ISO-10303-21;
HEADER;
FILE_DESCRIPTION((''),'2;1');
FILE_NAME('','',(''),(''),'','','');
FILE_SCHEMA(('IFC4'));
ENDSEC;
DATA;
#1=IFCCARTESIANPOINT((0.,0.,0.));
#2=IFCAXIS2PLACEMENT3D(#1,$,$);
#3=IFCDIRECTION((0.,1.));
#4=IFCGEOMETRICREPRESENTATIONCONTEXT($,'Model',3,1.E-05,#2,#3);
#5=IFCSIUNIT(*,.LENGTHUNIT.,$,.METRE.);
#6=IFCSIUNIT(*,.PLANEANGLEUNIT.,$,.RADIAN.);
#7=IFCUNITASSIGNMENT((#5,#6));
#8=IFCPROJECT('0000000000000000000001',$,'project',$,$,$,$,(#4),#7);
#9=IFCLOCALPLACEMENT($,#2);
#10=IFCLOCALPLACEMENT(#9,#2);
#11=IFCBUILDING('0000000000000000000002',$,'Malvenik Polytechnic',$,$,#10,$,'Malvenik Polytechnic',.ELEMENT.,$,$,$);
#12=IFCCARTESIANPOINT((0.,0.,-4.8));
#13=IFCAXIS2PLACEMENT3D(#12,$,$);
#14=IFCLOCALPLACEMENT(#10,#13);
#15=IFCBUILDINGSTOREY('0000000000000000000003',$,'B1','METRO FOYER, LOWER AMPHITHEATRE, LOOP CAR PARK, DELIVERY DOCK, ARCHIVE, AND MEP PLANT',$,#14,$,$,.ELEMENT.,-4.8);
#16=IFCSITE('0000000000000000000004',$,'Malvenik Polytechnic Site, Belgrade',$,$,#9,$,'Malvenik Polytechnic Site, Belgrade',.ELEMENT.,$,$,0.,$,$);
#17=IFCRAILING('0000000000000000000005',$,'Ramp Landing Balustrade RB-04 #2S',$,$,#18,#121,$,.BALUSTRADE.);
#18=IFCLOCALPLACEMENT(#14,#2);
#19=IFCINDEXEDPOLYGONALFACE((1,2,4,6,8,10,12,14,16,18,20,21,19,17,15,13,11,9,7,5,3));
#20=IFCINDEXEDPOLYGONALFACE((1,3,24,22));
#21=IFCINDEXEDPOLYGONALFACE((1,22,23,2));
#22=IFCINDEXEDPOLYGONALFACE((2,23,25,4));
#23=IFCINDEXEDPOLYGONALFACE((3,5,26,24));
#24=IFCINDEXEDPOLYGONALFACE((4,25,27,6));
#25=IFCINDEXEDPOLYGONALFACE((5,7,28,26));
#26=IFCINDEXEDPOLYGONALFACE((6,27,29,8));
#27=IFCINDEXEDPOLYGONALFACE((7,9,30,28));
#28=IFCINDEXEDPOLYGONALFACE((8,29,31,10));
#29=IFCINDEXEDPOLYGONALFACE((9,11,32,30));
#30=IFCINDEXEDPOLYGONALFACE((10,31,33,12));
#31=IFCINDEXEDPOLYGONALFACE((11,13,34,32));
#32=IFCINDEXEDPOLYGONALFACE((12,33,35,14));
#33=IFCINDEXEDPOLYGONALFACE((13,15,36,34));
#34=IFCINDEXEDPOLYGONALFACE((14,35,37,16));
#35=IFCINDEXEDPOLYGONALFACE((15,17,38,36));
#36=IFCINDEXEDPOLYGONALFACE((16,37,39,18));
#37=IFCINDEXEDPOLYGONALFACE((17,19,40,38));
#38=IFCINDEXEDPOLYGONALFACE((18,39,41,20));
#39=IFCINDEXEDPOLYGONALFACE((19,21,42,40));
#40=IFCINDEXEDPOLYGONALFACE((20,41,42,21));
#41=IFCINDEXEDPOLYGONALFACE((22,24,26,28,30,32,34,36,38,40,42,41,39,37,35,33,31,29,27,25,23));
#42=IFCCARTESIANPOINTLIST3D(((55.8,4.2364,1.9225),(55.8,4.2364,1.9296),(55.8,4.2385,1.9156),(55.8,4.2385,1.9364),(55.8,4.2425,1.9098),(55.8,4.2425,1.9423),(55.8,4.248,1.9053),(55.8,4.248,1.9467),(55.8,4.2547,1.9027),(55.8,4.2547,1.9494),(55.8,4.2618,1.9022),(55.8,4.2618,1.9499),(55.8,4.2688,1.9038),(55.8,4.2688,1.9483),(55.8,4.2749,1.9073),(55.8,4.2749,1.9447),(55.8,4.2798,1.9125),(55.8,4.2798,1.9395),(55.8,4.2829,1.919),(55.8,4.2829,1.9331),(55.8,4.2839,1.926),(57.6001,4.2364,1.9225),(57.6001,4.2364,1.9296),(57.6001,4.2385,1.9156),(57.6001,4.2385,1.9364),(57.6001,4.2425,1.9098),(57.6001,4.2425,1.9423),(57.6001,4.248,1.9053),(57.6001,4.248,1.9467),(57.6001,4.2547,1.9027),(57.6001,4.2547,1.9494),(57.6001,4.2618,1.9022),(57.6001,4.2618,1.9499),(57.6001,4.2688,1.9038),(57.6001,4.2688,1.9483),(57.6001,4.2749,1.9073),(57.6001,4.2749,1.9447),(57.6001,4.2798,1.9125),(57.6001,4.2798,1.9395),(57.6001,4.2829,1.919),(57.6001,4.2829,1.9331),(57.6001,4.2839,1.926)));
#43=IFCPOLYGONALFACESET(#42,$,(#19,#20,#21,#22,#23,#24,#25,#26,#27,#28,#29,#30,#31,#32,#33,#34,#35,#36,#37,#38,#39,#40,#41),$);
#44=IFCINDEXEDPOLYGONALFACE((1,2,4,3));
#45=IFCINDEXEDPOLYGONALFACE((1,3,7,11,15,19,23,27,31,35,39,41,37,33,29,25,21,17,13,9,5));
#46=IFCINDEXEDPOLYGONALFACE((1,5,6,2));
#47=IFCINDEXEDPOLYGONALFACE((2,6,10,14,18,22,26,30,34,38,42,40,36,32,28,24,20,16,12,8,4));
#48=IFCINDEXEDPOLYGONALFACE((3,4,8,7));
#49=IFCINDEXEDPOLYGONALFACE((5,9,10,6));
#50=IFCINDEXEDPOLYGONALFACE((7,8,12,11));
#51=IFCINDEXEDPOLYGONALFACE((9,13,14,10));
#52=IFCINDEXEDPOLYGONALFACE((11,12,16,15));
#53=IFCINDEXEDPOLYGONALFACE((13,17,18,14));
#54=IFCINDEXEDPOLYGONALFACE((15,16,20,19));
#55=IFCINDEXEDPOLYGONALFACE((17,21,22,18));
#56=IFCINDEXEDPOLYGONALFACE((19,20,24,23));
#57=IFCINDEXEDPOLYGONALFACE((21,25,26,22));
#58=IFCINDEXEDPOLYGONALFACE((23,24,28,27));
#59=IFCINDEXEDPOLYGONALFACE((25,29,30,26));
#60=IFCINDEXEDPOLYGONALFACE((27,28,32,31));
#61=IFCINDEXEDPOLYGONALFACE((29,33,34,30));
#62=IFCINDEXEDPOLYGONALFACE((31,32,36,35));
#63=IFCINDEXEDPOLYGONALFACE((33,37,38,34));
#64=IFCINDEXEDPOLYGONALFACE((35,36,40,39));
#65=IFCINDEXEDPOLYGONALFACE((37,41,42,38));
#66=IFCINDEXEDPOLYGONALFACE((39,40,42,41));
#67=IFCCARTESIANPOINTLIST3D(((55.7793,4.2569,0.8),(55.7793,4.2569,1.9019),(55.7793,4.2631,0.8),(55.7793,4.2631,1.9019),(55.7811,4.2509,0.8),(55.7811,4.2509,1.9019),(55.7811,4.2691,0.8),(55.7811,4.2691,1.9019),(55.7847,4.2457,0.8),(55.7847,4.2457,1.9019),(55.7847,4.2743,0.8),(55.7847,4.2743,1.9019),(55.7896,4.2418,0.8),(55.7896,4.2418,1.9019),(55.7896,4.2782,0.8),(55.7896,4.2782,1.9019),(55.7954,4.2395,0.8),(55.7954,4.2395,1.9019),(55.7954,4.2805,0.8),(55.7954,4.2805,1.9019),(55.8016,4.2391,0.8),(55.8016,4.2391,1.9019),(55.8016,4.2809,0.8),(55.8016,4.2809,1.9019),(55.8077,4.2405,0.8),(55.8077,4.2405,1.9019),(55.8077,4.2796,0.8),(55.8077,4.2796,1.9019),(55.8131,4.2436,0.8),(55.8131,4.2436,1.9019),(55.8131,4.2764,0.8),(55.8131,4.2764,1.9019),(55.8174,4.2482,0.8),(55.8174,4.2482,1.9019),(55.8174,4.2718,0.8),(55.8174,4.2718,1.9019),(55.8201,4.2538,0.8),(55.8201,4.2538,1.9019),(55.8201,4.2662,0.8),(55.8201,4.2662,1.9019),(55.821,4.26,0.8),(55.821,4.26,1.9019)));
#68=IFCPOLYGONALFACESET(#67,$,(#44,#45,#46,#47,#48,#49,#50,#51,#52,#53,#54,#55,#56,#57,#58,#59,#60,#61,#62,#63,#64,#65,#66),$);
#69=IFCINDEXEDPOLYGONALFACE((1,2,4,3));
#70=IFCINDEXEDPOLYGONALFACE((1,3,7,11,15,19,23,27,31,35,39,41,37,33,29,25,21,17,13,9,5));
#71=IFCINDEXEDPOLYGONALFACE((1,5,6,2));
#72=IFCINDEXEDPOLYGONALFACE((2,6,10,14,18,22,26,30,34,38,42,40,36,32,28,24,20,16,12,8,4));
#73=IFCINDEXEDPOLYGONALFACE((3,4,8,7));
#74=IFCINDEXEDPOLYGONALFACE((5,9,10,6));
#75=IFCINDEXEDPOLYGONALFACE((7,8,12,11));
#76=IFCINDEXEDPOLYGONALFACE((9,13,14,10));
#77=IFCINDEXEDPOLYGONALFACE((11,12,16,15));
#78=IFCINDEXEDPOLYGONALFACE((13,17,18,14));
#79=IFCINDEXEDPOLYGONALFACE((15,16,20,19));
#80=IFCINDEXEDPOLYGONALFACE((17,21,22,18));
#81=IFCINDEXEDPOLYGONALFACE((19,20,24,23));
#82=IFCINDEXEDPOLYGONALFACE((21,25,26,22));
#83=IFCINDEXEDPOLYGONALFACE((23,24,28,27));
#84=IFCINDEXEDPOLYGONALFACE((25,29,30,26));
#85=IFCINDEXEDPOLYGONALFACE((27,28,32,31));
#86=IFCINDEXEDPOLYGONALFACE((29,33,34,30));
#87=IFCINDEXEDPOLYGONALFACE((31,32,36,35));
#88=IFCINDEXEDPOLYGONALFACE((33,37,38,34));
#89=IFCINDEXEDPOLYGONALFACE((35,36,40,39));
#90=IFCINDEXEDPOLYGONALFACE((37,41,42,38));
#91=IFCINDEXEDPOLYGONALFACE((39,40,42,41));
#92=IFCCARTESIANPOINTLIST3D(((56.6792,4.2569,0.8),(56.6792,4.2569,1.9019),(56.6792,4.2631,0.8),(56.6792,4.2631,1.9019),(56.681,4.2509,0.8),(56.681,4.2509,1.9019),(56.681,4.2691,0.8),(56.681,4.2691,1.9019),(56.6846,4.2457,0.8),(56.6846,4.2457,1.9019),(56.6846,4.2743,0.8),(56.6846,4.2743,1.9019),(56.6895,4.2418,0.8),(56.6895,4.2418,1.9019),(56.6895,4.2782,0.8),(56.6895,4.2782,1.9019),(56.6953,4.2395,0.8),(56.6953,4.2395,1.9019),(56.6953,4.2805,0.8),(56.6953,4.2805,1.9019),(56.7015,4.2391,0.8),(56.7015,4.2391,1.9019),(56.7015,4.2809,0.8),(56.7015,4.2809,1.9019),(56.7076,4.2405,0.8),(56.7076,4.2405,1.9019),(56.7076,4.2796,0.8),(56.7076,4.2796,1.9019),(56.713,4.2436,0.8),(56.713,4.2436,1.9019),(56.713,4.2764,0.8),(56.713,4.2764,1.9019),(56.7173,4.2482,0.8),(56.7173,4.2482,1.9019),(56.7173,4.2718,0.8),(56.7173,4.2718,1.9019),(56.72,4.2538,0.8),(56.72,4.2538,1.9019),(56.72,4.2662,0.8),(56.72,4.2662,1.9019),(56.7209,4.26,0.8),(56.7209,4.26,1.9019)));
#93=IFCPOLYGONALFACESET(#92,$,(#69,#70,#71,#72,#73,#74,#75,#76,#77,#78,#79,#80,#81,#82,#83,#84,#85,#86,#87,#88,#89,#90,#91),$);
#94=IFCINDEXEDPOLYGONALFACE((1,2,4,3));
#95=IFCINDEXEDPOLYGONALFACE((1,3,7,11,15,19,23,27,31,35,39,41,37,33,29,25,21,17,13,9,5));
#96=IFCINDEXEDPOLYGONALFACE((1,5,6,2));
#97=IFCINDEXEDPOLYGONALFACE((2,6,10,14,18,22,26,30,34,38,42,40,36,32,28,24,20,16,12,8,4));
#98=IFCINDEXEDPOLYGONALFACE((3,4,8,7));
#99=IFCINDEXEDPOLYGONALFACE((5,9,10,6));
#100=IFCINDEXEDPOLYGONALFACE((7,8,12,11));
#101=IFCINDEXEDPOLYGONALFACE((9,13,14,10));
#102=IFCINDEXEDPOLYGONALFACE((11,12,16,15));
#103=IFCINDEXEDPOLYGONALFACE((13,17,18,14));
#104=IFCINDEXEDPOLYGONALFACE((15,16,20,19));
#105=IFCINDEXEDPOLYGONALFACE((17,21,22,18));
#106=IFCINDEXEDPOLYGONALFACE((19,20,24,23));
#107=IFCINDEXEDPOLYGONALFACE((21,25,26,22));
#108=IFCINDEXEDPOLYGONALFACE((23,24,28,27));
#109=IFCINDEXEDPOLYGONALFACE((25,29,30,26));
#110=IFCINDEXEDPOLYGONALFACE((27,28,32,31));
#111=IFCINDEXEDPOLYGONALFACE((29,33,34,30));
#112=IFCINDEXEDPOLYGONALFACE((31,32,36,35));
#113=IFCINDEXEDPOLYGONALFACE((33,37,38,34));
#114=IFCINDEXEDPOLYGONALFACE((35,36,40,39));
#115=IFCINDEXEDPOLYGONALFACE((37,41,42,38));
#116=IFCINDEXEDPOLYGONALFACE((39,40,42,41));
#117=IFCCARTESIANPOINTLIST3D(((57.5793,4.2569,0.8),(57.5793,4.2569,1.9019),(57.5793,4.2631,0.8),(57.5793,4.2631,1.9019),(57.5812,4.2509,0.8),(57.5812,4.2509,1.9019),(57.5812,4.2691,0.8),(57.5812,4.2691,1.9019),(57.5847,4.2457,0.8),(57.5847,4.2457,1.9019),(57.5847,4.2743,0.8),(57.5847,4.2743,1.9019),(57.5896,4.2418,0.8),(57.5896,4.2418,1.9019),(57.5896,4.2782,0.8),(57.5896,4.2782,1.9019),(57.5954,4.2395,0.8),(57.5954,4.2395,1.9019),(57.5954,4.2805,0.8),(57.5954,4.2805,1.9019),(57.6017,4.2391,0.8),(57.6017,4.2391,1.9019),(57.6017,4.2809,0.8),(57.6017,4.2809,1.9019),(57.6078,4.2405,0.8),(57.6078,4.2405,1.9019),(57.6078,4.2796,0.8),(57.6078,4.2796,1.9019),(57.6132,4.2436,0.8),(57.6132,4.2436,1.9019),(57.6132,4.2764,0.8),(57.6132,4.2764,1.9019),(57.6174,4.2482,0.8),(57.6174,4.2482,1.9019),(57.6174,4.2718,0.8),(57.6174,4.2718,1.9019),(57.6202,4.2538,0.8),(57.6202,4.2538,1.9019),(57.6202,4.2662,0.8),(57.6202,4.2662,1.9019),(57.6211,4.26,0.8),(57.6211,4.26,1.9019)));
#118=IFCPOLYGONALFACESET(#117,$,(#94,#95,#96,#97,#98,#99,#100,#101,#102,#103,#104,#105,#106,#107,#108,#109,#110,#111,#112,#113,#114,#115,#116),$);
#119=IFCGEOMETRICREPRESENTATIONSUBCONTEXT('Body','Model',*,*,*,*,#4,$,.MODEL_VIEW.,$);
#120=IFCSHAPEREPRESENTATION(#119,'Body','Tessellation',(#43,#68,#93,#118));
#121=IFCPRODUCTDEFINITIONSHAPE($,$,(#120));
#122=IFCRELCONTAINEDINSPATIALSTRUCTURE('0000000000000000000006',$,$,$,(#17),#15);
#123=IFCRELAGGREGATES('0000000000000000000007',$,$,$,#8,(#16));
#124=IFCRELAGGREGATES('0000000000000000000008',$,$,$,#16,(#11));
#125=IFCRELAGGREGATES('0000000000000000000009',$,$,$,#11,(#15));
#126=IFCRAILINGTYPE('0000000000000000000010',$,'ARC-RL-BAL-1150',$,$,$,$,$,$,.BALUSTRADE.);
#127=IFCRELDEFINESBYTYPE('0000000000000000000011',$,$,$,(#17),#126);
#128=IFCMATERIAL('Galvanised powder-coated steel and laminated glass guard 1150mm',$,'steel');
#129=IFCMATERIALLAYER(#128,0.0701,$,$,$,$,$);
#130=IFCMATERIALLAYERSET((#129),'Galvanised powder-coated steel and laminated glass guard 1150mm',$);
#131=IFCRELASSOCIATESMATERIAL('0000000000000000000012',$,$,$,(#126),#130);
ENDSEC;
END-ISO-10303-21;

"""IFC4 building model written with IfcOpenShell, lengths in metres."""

from ifc_helpers import new_model, si_unit, direction, frame, origin, origin_2d, place, context, subcontext, project, spatial, circle, extrude, material, layer, layer_set, type_object, element, save


model = new_model("IFC4")

# Units and contexts
model_context = context("Model", 3, precision=1e-05, world=origin(), true_north=direction((0.0, 1.0)))
body_context = subcontext(model_context, "Body", "Model", "MODEL_VIEW")
ifc_project = project(units=[si_unit("LENGTHUNIT", "METRE"), si_unit("PLANEANGLEUNIT", "RADIAN")], contexts=[model_context])

# Site, building, storey
site_placement = place(None, origin())
site = spatial("IfcSite", under=ifc_project, at=site_placement, Name="Malvenik Polytechnic Site, Belgrade", LongName="Malvenik Polytechnic Site, Belgrade", CompositionType="ELEMENT", RefElevation=0.0)
building_placement = place(site_placement, origin())
building = spatial("IfcBuilding", under=site, at=building_placement, Name="Malvenik Polytechnic", LongName="Malvenik Polytechnic", CompositionType="ELEMENT")
storey_placement = place(building_placement, frame((0.0, 0.0, -4.8)))
storey = spatial("IfcBuildingStorey", under=building, at=storey_placement, Name="B1", Description="METRO FOYER, LOWER AMPHITHEATRE, LOOP CAR PARK, DELIVERY DOCK, ARCHIVE, AND MEP PLANT", CompositionType="ELEMENT", Elevation=-4.8)

# Railing
ifc_material_1 = material(Name="Galvanised powder-coated steel and laminated glass guard 1150mm", Category="steel")
ifc_layer_1 = layer(ifc_material_1, 0.0701)
ifc_layer_set_1 = layer_set([ifc_layer_1], Name="Galvanised powder-coated steel and laminated glass guard 1150mm")
railing_type_1 = type_object("IfcRailingType", Name="ARC-RL-BAL-1150", PredefinedType="BALUSTRADE", material=ifc_layer_set_1)
for number, where, name in (
    (1, (55.8, 4.26, 0.8), "Ramp Landing Balustrade RB-04 #2S"),
):
    element("IfcRailing", number, at=place(storey_placement, frame(where)), inside=storey, type_object=railing_type_1, Name=name, PredefinedType="BALUSTRADE", context=body_context, shape_type="SweptSolid", body=[
        extrude(circle(Radius=0.0239, at=origin_2d()), frame((0.0, 0.0, 1.126), z_axis=(1.0, 0.0, 0.0), x_axis=(0.0, 1.0, 0.0)), (0.0, 0.0, 1.0), 1.8),
        extrude(circle(Radius=0.021, at=origin_2d()), origin(), (0.0, 0.0, 1.0), 1.1018),
        extrude(circle(Radius=0.021, at=origin_2d()), frame((0.8999, 0.0, 0.0)), (0.0, 0.0, 1.0), 1.1018),
        extrude(circle(Radius=0.021, at=origin_2d()), frame((1.8, 0.0, 0.0)), (0.0, 0.0, 1.0), 1.1018),
    ])

save(model, "model.ifc")
